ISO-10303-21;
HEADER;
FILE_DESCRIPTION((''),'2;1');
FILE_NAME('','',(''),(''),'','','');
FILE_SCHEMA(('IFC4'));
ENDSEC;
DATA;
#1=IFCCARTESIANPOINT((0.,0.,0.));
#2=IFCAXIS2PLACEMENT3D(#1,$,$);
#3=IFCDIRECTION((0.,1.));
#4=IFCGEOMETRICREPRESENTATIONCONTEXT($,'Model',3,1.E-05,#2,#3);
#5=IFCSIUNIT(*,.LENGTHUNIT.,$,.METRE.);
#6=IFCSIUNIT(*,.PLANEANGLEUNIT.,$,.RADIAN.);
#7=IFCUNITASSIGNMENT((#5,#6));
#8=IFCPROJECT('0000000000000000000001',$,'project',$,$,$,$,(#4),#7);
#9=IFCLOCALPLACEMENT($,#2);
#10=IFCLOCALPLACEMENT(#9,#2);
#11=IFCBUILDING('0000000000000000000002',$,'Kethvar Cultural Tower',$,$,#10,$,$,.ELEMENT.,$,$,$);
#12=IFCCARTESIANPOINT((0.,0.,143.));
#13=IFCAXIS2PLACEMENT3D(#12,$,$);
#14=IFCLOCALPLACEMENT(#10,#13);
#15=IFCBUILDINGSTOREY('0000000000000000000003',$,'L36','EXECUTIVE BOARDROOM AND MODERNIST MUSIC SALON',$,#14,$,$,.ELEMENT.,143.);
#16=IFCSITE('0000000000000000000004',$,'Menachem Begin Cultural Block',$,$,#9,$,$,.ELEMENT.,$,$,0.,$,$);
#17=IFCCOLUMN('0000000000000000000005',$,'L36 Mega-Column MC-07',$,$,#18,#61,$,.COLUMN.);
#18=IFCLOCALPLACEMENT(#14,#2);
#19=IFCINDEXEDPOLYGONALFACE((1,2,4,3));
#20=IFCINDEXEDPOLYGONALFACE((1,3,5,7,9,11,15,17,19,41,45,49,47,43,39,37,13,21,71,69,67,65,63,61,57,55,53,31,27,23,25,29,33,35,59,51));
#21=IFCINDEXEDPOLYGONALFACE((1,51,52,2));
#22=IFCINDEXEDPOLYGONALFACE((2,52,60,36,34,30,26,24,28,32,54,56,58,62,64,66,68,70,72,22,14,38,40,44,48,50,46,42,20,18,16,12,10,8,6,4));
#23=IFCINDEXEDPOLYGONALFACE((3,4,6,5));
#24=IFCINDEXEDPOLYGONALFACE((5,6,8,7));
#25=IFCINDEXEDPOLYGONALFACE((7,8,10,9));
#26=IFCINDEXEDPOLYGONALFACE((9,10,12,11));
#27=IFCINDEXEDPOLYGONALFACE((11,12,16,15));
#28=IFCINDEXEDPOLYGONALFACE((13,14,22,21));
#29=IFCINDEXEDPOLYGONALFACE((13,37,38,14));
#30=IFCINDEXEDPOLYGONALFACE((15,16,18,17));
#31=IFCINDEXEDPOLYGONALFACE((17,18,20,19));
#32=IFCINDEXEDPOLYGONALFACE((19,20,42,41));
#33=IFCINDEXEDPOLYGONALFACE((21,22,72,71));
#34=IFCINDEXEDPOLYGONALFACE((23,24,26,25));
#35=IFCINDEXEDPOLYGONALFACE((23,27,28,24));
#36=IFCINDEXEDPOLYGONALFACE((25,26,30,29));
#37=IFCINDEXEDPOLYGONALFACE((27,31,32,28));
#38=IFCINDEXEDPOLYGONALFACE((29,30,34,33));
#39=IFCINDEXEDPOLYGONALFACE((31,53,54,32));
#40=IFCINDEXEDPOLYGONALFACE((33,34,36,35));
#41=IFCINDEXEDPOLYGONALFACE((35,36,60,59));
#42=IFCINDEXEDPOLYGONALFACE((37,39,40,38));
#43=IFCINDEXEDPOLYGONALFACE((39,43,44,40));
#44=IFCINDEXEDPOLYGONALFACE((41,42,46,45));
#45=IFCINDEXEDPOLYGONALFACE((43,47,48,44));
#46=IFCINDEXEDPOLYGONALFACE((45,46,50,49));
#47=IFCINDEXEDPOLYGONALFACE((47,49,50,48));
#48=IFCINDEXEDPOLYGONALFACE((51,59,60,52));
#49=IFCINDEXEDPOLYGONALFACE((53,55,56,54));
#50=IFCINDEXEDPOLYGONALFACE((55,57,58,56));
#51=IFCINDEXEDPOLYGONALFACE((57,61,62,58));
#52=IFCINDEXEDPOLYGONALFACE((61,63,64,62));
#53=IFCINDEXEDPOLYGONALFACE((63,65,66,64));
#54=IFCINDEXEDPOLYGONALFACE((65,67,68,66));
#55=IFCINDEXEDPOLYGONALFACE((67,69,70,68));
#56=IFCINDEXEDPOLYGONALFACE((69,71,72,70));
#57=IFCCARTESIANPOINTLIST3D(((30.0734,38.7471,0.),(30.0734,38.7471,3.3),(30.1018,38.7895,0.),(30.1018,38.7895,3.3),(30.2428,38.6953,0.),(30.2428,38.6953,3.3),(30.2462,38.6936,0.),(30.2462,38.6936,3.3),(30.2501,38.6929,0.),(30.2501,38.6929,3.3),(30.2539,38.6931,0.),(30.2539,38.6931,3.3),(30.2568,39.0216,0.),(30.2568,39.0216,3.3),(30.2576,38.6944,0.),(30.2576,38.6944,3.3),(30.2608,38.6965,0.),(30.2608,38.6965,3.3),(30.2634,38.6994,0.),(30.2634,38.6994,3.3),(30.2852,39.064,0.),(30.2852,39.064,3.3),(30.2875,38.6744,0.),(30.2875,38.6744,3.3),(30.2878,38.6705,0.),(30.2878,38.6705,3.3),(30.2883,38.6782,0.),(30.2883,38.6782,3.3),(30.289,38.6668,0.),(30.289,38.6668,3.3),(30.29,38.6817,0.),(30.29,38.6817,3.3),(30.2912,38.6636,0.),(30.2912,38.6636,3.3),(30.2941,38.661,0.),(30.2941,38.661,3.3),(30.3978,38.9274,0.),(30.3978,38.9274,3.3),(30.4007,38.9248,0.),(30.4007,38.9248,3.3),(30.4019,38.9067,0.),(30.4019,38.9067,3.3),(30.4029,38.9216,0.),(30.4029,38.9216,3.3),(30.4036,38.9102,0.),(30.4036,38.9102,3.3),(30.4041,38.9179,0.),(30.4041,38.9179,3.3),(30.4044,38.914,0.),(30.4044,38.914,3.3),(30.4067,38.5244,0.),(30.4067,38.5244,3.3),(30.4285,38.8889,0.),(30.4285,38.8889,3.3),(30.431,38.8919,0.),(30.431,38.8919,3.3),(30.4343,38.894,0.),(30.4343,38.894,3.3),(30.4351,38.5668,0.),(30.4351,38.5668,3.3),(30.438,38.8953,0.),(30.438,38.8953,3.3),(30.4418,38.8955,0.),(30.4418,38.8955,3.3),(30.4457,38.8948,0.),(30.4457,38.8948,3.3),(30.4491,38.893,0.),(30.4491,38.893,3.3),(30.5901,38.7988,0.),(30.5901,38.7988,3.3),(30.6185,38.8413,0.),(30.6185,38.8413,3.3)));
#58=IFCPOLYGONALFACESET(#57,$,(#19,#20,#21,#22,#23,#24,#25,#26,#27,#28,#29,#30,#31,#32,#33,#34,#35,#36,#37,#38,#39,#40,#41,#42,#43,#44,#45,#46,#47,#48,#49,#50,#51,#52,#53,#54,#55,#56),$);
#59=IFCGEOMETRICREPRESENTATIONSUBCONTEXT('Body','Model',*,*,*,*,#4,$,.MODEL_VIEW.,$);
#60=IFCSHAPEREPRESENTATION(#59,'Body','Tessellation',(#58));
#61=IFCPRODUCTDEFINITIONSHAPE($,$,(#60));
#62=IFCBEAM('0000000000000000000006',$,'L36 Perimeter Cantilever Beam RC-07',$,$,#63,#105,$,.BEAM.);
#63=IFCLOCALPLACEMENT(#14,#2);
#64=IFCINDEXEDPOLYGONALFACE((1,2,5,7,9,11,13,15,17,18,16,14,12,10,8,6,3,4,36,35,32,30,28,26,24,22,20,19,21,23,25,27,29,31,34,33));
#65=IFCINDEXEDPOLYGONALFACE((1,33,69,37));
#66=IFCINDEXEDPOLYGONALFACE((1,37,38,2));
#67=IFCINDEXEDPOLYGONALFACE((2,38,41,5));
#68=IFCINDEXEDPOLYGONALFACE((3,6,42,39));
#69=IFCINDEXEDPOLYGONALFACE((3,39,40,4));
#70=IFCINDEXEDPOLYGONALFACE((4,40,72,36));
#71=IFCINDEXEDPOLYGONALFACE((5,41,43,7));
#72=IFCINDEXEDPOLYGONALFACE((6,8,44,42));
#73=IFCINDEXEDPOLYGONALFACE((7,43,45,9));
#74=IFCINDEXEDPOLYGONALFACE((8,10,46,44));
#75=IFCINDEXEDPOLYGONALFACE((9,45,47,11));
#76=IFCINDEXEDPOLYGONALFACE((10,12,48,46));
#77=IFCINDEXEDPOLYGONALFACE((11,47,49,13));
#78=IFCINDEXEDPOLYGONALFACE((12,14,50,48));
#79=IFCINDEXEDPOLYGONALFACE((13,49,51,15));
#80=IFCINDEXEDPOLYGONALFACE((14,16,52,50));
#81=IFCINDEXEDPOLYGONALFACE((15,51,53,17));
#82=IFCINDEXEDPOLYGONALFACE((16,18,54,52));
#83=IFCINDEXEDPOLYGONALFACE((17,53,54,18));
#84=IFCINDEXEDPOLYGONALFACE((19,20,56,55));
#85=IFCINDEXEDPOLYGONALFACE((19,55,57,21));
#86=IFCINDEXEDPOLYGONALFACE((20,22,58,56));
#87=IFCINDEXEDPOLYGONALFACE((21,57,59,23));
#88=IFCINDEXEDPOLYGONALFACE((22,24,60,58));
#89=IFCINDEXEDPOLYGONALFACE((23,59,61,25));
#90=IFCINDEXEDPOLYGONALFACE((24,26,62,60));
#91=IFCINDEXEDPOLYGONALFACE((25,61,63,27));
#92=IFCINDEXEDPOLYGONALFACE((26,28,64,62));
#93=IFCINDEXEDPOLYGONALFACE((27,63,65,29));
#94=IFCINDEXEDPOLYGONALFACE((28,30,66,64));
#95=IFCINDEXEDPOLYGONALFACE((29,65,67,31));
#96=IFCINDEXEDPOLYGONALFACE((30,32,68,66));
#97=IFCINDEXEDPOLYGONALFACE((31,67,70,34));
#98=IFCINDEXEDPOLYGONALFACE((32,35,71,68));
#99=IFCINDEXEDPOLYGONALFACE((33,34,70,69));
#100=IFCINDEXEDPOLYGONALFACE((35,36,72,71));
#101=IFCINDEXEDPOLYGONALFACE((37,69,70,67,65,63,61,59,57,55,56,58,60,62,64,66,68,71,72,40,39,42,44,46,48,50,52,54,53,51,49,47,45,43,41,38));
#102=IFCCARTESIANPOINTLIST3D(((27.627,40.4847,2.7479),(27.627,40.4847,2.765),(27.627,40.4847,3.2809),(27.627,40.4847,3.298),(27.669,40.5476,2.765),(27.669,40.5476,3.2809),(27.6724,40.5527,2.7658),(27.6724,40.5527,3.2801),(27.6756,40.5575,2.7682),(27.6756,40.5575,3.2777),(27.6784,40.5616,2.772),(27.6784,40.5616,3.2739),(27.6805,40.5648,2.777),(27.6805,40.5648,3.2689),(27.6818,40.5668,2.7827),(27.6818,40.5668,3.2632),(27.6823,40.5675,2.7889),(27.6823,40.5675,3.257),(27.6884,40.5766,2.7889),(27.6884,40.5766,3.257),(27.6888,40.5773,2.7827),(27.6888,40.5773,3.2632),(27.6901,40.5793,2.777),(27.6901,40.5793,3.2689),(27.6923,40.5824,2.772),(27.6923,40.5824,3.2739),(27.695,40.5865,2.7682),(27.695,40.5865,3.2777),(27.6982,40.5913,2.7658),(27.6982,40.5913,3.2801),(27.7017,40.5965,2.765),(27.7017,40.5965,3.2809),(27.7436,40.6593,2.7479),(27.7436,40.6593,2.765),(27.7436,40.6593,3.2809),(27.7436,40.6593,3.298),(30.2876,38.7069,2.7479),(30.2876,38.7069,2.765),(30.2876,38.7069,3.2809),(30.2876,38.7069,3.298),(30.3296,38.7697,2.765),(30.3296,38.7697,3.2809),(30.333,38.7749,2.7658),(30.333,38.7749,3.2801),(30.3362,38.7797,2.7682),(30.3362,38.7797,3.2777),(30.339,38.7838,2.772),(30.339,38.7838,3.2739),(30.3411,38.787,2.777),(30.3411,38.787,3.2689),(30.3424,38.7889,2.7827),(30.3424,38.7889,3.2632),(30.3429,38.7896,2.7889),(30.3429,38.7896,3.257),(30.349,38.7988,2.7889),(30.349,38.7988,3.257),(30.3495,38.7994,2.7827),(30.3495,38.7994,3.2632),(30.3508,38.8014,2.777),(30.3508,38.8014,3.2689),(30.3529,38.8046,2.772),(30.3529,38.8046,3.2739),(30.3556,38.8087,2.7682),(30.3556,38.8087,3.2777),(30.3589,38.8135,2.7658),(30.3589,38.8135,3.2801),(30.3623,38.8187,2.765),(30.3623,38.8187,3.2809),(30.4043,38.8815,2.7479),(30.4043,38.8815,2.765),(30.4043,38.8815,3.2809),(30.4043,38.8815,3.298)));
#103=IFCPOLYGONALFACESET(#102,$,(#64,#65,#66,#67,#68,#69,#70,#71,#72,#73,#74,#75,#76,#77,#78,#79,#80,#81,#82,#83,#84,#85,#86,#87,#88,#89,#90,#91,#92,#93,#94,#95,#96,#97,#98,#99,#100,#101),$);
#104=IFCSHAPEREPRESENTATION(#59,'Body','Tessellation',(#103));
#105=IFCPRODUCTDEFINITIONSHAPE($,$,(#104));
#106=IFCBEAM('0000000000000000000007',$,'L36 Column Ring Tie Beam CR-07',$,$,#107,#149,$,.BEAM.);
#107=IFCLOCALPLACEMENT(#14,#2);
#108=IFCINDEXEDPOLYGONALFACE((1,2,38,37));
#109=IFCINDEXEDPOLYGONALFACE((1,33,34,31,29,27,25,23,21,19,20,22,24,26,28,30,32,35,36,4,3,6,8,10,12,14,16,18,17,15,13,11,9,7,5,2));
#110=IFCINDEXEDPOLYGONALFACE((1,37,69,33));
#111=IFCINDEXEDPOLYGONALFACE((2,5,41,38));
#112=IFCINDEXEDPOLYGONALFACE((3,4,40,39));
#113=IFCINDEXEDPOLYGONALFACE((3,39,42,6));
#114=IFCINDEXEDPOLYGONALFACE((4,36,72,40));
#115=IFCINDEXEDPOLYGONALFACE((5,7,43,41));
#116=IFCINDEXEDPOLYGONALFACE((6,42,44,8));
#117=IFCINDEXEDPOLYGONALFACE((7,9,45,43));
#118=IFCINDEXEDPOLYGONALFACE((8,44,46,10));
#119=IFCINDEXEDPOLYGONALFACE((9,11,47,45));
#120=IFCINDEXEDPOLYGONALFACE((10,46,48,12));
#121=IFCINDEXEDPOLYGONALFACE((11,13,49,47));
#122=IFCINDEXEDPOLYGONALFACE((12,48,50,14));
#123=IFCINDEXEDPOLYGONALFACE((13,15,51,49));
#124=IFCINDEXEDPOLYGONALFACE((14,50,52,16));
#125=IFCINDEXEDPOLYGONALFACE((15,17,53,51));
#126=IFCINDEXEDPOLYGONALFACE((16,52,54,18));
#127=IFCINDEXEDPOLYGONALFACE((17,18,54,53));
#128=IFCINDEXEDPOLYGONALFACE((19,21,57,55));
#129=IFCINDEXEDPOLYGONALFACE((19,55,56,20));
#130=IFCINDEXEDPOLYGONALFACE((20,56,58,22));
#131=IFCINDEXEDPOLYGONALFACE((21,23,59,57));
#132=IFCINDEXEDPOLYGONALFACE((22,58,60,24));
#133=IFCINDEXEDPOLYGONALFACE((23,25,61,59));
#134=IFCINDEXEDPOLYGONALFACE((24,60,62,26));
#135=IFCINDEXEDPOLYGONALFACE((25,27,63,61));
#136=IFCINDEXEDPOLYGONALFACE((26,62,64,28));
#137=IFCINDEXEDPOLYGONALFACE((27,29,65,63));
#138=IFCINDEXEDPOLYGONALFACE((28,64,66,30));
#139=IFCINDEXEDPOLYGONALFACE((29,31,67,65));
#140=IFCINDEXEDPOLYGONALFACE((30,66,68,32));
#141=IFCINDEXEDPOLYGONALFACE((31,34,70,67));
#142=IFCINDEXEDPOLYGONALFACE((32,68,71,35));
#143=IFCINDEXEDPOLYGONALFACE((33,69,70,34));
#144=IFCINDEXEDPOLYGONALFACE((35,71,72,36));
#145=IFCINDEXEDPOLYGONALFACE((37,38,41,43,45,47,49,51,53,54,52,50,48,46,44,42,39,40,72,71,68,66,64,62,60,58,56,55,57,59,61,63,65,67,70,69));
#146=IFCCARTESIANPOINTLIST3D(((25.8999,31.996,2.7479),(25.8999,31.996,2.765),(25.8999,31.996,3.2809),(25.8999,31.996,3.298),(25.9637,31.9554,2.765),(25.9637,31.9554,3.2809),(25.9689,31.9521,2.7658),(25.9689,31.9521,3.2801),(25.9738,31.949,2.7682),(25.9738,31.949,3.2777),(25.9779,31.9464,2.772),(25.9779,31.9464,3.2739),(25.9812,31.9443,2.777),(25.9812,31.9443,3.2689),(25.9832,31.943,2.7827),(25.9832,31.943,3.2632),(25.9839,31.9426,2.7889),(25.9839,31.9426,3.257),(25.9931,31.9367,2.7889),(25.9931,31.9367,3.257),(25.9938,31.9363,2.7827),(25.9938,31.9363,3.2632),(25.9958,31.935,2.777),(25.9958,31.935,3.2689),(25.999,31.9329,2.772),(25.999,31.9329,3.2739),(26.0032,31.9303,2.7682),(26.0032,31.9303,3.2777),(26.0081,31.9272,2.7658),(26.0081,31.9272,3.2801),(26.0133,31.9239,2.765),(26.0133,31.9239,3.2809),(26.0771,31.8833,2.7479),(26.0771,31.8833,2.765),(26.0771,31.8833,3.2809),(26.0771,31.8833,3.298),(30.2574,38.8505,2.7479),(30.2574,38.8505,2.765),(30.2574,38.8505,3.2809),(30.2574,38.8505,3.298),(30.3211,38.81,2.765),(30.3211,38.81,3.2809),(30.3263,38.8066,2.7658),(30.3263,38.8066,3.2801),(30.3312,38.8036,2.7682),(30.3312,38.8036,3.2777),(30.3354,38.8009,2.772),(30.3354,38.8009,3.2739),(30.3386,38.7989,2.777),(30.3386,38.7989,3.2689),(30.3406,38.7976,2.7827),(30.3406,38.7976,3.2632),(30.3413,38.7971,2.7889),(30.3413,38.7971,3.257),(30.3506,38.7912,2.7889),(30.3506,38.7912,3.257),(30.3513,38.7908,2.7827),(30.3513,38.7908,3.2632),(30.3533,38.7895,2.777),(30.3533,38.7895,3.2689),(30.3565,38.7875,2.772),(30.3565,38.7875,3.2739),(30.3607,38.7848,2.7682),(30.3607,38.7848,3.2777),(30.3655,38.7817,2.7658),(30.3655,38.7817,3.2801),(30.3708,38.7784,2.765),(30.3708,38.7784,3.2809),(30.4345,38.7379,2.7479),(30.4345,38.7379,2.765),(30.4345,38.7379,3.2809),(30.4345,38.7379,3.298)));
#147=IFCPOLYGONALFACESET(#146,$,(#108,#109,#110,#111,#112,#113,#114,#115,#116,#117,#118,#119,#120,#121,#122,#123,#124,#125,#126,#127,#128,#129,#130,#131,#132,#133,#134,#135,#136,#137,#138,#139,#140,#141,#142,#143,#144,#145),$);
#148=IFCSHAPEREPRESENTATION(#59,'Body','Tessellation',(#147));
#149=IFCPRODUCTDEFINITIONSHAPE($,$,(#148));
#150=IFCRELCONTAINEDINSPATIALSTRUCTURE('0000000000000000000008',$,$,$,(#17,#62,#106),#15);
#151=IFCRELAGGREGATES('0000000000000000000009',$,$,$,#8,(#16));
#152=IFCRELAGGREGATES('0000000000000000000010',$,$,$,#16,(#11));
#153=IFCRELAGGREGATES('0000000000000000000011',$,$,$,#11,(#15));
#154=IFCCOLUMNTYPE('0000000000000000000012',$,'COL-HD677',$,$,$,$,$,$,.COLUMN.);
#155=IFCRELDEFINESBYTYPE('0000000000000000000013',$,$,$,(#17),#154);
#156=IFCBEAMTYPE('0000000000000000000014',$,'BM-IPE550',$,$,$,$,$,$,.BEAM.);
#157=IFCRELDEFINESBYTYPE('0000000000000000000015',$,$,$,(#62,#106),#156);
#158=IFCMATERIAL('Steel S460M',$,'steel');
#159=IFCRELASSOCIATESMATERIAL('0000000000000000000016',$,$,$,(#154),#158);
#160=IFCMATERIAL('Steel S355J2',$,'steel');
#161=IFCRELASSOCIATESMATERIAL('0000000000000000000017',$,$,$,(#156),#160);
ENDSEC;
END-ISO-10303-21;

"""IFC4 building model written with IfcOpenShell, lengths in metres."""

from ifc_helpers import new_model, si_unit, direction, frame, origin, origin_2d, place, context, subcontext, project, spatial, i_section, extrude, source, transform, mapped, material, material_profile, profile_set, type_object, element, save


model = new_model("IFC4")

# Units and contexts
model_context = context("Model", 3, precision=1e-05, world=origin(), true_north=direction((0.0, 1.0)))
body_context = subcontext(model_context, "Body", "Model", "MODEL_VIEW")
ifc_project = project(units=[si_unit("LENGTHUNIT", "METRE"), si_unit("PLANEANGLEUNIT", "RADIAN")], contexts=[model_context])

# Site, building, storey
site_placement = place(None, origin())
site = spatial("IfcSite", under=ifc_project, at=site_placement, Name="Menachem Begin Cultural Block", CompositionType="ELEMENT", RefElevation=0.0)
building_placement = place(site_placement, origin())
building = spatial("IfcBuilding", under=site, at=building_placement, Name="Kethvar Cultural Tower", CompositionType="ELEMENT")
storey_placement = place(building_placement, frame((0.0, 0.0, 143.0)))
storey = spatial("IfcBuildingStorey", under=building, at=storey_placement, Name="L36", Description="EXECUTIVE BOARDROOM AND MODERNIST MUSIC SALON", CompositionType="ELEMENT", Elevation=143.0)

# Column
ifc_material_1 = material(Name="Steel S460M", Category="steel")
ifc_material_profile_1 = material_profile(ifc_material_1, i_section(OverallWidth=0.4009, OverallDepth=0.3811, WebThickness=0.032, FlangeThickness=0.051, FilletRadius=0.0149, at=origin_2d()), Name="Steel S460M — HD400x677")
ifc_profile_set_1 = profile_set([ifc_material_profile_1], Name="Steel S460M — HD400x677")
column_type = type_object("IfcColumnType", Name="COL-HD677", PredefinedType="COLUMN", material=ifc_profile_set_1)
shared_shape_1 = source(origin(), body_context, "Body", "SweptSolid", [
    extrude(i_section(OverallWidth=0.4009, OverallDepth=0.3811, WebThickness=0.032, FlangeThickness=0.051, FilletRadius=0.0149, at=origin_2d()), origin(), (0.0, 0.0, 1.0), 3.3),
])
column_placement = place(storey_placement, frame((30.3459, 38.7942, 0.0), z_axis=(0.0, 0.0, 1.0), x_axis=(-0.83147, 0.55557, 0.0)))
element("IfcColumn", 1, at=column_placement, inside=storey, type_object=column_type, Name="L36 Mega-Column MC-07", PredefinedType="COLUMN", context=body_context, shape_type="MappedRepresentation", body=[
    mapped(shared_shape_1, transform((0.0, 0.0, 0.0), scale=1.0)),
])

# Beams
ifc_material_2 = material(Name="Steel S355J2", Category="steel")
ifc_material_profile_2 = material_profile(ifc_material_2, i_section(OverallWidth=0.21, OverallDepth=0.55, WebThickness=0.011, FlangeThickness=0.0171, FilletRadius=0.0239, at=origin_2d()), Name="Steel S355J2 — IPE550")
ifc_profile_set_2 = profile_set([ifc_material_profile_2], Name="Steel S355J2 — IPE550")
beam_type_1 = type_object("IfcBeamType", Name="BM-IPE550", PredefinedType="BEAM", material=ifc_profile_set_2)
shared_shape_2 = source(origin(), body_context, "Body", "SweptSolid", [
    extrude(i_section(OverallWidth=0.21, OverallDepth=0.55, WebThickness=0.011, FlangeThickness=0.0171, FilletRadius=0.0239, at=origin_2d()), origin(), (0.0, 0.0, 1.0), 3.2),
])
beam_1_placement = place(storey_placement, frame((30.3459, 38.7942, 3.0229), z_axis=(-0.831463, 0.55558, 0.0), x_axis=(-0.55558, -0.831463, 0.0)))
element("IfcBeam", 2, at=beam_1_placement, inside=storey, type_object=beam_type_1, Name="L36 Perimeter Cantilever Beam RC-07", PredefinedType="BEAM", context=body_context, shape_type="MappedRepresentation", body=[
    mapped(shared_shape_2, transform((0.0, 0.0, 0.0), scale=1.0)),
])
shared_shape_3 = source(origin(), body_context, "Body", "SweptSolid", [
    extrude(i_section(OverallWidth=0.21, OverallDepth=0.55, WebThickness=0.011, FlangeThickness=0.0171, FilletRadius=0.0239, at=origin_2d()), origin(), (0.0, 0.0, 1.0), 8.1223),
])
beam_2_placement = place(storey_placement, frame((30.3459, 38.7942, 3.0229), z_axis=(-0.536479, -0.843914, 0.0), x_axis=(0.843914, -0.536479, 0.0)))
element("IfcBeam", 3, at=beam_2_placement, inside=storey, type_object=beam_type_1, Name="L36 Column Ring Tie Beam CR-07", PredefinedType="BEAM", context=body_context, shape_type="MappedRepresentation", body=[
    mapped(shared_shape_3, transform((0.0, 0.0, 0.0), scale=1.0)),
])

save(model, "model.ifc")
